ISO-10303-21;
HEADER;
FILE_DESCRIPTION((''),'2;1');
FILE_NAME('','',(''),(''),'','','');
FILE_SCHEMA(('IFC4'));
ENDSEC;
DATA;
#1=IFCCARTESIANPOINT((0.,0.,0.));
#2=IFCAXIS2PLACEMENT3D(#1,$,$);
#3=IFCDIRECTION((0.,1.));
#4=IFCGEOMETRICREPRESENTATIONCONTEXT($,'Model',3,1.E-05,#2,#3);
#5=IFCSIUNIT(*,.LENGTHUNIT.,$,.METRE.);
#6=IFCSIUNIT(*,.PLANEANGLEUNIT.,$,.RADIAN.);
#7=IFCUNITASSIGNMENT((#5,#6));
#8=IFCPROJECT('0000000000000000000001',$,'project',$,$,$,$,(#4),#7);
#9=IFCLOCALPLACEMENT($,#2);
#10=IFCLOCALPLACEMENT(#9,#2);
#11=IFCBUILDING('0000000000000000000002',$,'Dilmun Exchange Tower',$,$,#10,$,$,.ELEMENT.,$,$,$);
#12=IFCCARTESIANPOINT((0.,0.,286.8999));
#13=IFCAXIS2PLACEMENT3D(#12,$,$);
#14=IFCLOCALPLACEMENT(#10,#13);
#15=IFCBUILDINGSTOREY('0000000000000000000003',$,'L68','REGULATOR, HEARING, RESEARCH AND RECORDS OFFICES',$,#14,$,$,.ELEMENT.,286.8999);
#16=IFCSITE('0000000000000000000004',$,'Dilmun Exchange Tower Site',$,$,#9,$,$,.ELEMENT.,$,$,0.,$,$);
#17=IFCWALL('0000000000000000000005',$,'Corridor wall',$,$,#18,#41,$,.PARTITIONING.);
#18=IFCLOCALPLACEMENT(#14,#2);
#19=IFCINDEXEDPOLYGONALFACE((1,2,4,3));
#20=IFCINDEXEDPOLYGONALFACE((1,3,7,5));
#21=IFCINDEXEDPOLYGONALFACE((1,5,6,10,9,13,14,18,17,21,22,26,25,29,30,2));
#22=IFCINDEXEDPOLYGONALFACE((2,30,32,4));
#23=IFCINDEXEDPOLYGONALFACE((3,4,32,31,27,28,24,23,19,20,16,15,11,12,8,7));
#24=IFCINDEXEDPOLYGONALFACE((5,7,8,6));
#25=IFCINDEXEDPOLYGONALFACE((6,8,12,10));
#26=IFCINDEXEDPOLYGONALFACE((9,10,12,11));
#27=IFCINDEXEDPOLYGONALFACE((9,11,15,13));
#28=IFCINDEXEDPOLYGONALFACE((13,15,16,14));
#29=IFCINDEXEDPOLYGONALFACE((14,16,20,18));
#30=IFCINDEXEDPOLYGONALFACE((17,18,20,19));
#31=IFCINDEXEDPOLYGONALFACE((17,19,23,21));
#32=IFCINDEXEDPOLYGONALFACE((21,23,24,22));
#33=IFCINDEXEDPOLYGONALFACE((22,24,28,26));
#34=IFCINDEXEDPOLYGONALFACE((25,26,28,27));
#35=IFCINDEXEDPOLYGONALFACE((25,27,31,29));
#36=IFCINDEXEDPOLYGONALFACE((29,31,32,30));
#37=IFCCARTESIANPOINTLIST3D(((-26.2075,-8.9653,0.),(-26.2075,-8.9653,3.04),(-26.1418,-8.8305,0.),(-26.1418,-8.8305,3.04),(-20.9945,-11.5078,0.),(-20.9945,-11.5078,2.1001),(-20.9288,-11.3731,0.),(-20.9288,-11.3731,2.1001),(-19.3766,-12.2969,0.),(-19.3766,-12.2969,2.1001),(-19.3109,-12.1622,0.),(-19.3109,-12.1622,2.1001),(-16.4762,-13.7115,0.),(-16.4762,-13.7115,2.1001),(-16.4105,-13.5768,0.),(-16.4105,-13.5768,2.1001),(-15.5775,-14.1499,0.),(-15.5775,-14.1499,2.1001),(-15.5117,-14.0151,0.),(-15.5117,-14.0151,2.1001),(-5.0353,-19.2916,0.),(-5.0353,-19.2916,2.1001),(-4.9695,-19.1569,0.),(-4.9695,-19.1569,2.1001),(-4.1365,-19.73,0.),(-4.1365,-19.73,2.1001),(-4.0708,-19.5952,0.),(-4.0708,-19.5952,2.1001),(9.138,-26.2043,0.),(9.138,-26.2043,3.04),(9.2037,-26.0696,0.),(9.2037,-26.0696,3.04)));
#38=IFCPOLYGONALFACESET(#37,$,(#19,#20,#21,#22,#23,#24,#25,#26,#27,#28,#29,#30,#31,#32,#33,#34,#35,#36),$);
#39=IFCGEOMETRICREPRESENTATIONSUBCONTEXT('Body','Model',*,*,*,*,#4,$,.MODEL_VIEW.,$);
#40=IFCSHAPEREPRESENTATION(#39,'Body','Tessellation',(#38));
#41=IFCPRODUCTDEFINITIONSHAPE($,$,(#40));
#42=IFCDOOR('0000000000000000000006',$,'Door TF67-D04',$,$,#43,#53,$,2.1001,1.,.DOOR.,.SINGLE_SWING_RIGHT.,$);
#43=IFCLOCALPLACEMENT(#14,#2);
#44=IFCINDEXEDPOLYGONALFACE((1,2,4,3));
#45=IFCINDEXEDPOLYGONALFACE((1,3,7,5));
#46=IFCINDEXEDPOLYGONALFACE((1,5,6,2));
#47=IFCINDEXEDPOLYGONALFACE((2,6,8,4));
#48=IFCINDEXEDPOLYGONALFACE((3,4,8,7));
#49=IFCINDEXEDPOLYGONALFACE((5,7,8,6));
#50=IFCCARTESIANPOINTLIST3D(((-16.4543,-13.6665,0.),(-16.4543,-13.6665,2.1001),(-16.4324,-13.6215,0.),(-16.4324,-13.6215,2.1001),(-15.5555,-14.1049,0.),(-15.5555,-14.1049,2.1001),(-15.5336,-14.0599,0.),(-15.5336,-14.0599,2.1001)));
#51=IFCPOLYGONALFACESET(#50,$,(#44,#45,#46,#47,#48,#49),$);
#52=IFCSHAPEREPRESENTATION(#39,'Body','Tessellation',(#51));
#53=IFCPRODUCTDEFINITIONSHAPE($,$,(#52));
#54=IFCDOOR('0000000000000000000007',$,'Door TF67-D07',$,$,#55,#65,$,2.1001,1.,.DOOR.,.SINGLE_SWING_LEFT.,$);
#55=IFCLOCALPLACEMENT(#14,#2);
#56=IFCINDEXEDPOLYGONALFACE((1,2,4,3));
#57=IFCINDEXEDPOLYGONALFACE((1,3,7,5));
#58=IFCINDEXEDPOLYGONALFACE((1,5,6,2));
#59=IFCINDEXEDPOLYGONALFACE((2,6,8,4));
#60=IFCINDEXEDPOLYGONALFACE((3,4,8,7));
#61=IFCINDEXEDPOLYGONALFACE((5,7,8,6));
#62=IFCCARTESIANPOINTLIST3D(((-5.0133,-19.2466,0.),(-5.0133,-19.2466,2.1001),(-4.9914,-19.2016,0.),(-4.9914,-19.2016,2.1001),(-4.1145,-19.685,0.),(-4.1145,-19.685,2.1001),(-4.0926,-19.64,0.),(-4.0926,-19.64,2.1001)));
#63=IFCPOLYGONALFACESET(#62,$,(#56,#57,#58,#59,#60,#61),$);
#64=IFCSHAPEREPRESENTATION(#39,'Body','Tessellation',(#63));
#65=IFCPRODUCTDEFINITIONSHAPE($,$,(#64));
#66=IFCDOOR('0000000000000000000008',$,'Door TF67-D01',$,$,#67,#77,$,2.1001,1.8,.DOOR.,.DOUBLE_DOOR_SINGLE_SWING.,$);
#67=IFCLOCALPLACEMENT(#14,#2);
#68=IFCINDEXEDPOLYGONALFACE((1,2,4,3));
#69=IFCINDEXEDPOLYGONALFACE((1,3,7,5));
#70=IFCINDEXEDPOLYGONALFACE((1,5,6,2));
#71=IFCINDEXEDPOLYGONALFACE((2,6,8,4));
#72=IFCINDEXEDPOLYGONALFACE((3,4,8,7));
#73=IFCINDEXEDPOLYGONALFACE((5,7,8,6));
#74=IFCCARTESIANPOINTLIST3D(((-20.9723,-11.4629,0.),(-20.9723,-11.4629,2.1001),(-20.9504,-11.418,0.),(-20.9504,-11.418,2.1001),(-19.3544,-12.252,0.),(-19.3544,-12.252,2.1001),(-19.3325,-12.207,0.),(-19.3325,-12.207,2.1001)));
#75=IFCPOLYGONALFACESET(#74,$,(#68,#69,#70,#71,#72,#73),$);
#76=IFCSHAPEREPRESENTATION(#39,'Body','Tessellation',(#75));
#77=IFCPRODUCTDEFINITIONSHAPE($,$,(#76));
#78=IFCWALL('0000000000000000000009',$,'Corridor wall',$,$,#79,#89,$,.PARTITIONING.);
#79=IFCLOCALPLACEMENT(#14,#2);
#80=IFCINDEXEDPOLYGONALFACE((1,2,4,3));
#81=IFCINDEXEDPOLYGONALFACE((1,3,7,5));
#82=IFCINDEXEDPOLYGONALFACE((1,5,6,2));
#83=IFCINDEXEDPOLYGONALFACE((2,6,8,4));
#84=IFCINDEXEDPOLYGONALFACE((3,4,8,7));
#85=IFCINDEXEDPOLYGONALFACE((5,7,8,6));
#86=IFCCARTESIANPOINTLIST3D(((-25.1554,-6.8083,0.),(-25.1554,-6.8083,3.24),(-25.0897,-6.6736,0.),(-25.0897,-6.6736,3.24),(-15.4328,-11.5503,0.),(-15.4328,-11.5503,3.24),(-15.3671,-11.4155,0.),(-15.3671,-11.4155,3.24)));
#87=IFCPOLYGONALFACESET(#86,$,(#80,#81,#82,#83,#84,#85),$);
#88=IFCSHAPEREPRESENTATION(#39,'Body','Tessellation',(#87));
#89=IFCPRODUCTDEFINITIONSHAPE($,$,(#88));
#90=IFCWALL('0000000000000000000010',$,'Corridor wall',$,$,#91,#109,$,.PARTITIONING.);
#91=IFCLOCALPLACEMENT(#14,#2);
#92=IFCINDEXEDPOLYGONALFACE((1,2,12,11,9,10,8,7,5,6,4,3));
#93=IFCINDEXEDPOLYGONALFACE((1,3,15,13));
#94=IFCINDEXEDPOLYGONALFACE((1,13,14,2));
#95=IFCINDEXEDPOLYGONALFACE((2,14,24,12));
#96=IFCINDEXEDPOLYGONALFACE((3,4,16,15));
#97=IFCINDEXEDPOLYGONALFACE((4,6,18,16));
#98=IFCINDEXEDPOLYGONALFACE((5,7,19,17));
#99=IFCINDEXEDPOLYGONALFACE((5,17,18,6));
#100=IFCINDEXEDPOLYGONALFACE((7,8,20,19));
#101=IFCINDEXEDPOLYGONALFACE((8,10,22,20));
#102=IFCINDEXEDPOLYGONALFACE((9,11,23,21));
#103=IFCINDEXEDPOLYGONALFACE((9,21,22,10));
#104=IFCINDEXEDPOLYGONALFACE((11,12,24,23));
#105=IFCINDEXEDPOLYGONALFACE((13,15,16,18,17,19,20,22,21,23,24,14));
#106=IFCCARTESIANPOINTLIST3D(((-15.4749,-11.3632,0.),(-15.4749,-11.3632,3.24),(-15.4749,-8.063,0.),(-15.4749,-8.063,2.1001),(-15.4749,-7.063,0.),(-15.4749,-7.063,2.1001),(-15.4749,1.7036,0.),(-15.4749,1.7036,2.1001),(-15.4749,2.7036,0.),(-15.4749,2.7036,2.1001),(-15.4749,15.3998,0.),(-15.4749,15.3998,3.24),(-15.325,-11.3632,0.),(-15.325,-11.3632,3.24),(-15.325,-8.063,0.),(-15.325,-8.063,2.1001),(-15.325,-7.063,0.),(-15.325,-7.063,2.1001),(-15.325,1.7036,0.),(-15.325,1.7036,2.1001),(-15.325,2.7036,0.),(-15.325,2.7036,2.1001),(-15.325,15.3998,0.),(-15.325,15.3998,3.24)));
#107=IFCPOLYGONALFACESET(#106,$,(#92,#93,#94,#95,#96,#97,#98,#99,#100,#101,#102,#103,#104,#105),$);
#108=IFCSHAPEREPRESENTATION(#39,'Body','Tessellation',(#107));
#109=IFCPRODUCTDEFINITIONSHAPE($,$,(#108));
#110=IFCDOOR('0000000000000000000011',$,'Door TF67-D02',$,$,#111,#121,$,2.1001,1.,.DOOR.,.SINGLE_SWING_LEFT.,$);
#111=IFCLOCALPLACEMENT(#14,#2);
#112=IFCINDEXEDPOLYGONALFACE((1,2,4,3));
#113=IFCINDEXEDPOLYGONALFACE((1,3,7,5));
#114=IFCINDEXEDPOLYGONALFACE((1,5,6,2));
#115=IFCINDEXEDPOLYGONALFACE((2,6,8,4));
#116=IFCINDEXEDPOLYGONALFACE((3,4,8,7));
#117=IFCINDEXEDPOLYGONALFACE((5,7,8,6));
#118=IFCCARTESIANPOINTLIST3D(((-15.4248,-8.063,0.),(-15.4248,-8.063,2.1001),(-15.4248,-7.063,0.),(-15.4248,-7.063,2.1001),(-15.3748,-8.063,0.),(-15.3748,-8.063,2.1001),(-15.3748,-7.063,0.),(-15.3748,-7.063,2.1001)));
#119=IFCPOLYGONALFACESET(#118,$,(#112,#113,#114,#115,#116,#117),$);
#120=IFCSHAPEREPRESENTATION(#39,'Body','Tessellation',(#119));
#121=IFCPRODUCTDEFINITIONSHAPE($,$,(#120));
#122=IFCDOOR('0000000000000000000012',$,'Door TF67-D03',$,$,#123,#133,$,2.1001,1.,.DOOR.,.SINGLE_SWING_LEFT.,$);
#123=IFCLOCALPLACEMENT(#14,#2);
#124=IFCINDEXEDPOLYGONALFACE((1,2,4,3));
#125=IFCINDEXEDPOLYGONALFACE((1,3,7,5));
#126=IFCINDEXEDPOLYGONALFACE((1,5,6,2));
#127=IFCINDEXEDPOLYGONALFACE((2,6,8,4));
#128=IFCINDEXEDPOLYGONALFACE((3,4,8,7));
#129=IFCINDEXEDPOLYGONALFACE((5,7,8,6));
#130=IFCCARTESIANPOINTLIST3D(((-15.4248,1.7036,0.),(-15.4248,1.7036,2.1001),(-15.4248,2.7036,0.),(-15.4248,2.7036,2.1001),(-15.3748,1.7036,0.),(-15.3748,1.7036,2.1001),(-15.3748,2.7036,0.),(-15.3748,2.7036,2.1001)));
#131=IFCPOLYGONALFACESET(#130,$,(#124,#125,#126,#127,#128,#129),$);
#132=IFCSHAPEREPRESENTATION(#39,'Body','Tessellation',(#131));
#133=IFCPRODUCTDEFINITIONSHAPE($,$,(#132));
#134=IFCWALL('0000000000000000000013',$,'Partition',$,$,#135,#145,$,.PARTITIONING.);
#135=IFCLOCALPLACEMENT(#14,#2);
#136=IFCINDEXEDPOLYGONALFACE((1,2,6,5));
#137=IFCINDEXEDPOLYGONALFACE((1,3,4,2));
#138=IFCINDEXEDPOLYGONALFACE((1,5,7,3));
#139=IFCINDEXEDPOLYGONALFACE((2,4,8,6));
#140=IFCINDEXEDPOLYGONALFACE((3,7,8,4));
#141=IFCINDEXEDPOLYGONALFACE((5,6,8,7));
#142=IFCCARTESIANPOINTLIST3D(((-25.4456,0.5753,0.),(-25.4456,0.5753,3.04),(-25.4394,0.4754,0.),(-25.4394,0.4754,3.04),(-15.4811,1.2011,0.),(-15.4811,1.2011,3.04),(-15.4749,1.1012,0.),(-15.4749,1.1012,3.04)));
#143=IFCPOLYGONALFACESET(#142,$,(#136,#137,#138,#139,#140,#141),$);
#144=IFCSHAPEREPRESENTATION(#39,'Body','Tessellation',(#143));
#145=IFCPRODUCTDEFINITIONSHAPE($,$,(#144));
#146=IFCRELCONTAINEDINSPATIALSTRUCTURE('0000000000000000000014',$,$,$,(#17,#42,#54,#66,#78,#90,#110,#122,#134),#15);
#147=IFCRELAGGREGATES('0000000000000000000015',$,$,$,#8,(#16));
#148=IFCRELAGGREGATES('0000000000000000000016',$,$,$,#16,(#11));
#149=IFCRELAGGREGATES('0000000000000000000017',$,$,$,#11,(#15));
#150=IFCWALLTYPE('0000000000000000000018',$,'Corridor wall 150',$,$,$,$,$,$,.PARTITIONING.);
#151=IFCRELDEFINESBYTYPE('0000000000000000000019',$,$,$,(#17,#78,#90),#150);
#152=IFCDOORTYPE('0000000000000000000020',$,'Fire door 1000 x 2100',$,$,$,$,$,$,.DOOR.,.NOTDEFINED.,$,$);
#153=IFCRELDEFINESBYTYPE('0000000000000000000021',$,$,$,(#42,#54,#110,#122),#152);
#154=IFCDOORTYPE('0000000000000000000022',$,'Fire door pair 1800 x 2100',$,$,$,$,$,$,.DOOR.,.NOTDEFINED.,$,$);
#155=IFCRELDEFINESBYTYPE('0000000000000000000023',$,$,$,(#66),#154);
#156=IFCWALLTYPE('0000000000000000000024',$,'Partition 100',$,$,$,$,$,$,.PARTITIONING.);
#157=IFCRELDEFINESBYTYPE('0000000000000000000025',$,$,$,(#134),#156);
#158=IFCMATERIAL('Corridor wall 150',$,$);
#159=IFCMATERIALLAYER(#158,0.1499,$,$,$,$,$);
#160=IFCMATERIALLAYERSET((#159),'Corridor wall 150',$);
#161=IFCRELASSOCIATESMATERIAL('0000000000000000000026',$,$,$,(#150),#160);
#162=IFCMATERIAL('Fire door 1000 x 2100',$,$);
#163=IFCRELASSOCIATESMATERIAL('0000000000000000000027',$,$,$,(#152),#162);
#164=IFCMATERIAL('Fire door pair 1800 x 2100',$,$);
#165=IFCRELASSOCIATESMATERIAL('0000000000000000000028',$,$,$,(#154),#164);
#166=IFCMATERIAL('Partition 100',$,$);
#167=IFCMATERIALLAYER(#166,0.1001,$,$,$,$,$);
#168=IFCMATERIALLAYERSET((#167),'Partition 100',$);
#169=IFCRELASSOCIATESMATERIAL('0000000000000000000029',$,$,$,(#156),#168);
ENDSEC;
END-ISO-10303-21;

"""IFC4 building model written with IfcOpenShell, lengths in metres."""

from ifc_helpers import new_model, si_unit, direction, frame, frame_2d, origin, place, context, subcontext, project, spatial, rectangle, extrude, material, layer, layer_set, type_object, element, fill, save


model = new_model("IFC4")

# Units and contexts
model_context = context("Model", 3, precision=1e-05, world=origin(), true_north=direction((0.0, 1.0)))
body_context = subcontext(model_context, "Body", "Model", "MODEL_VIEW")
ifc_project = project(units=[si_unit("LENGTHUNIT", "METRE"), si_unit("PLANEANGLEUNIT", "RADIAN")], contexts=[model_context])

# Site, building, storey
site_placement = place(None, origin())
site = spatial("IfcSite", under=ifc_project, at=site_placement, Name="Dilmun Exchange Tower Site", CompositionType="ELEMENT", RefElevation=0.0)
building_placement = place(site_placement, origin())
building = spatial("IfcBuilding", under=site, at=building_placement, Name="Dilmun Exchange Tower", CompositionType="ELEMENT")
storey_placement = place(building_placement, frame((0.0, 0.0, 286.8999)))
storey = spatial("IfcBuildingStorey", under=building, at=storey_placement, Name="L68", Description="REGULATOR, HEARING, RESEARCH AND RECORDS OFFICES", CompositionType="ELEMENT", Elevation=286.8999)

# Shared definitions
ifc_material_1 = material(Name="Corridor wall 150")
ifc_layer_1 = layer(ifc_material_1, 0.1499)
ifc_layer_set_1 = layer_set([ifc_layer_1], Name="Corridor wall 150")
wall_type_1 = type_object("IfcWallType", Name="Corridor wall 150", PredefinedType="PARTITIONING", material=ifc_layer_set_1)

# Wall, openings, doors
wall_1_placement = place(storey_placement, frame((-26.1746, -8.8979, 0.0), z_axis=(0.0, 0.0, 1.0), x_axis=(0.898795, -0.438369, 0.0)))
wall_1 = element("IfcWall", 1, at=wall_1_placement, inside=storey, type_object=wall_type_1, Name="Corridor wall", PredefinedType="PARTITIONING", context=body_context, shape_type="SweptSolid", body=[
    extrude(rectangle(XDim=39.3254, YDim=0.1499, at=frame_2d((19.6626, 0.0))), origin(), (0.0, 0.0, 1.0), 3.04),
])
opening_1_placement = place(wall_1_placement, frame((5.8, 0.0, 0.0)))
opening_1 = element("IfcOpeningElement", 2, at=opening_1_placement, cuts=wall_1, PredefinedType="OPENING", context=body_context, shape_type="SweptSolid", body=[
    extrude(rectangle(XDim=1.8, YDim=2.1001, at=frame_2d((0.8999, 1.05))), frame((0.0, 0.085, 0.0), z_axis=(0.0, -1.0, 0.0), x_axis=(1.0, 0.0, 0.0)), (0.0, 0.0, 1.0), 0.1699),
])
opening_2_placement = place(wall_1_placement, frame((10.8269, 0.0, 0.0)))
opening_2 = element("IfcOpeningElement", 3, at=opening_2_placement, cuts=wall_1, PredefinedType="OPENING", context=body_context, shape_type="SweptSolid", body=[
    extrude(rectangle(XDim=1.0, YDim=2.1001, at=frame_2d((0.5, 1.05))), frame((0.0, 0.085, 0.0), z_axis=(0.0, -1.0, 0.0), x_axis=(1.0, 0.0, 0.0)), (0.0, 0.0, 1.0), 0.1699),
])
opening_3_placement = place(wall_1_placement, frame((23.5562, 0.0, 0.0)))
opening_3 = element("IfcOpeningElement", 4, at=opening_3_placement, cuts=wall_1, PredefinedType="OPENING", context=body_context, shape_type="SweptSolid", body=[
    extrude(rectangle(XDim=1.0, YDim=2.1001, at=frame_2d((0.5, 1.05))), frame((0.0, 0.085, 0.0), z_axis=(0.0, -1.0, 0.0), x_axis=(1.0, 0.0, 0.0)), (0.0, 0.0, 1.0), 0.1699),
])
ifc_material_2 = material(Name="Fire door 1000 x 2100")
door_type_1 = type_object("IfcDoorType", Name="Fire door 1000 x 2100", OperationType="NOTDEFINED", PredefinedType="DOOR", material=ifc_material_2)
door_1_placement = place(opening_2_placement, frame((1.0, 0.0, 0.0), z_axis=(0.0, 0.0, 1.0), x_axis=(-1.0, 0.0, 0.0)))
door_1 = element("IfcDoor", 5, at=door_1_placement, inside=storey, type_object=door_type_1, Name="Door TF67-D04", OperationType="SINGLE_SWING_RIGHT", OverallHeight=2.1001, OverallWidth=1.0, PredefinedType="DOOR", context=body_context, shape_type="SweptSolid", body=[
    extrude(rectangle(XDim=1.0, YDim=2.1001, at=frame_2d((0.5, 1.05))), frame((0.0, 0.0249, 0.0), z_axis=(0.0, -1.0, 0.0), x_axis=(1.0, 0.0, 0.0)), (0.0, 0.0, 1.0), 0.05),
])
fill(opening_2, door_1)
door_2_placement = place(opening_3_placement, frame((1.0, 0.0, 0.0), z_axis=(0.0, 0.0, 1.0), x_axis=(-1.0, 0.0, 0.0)))
door_2 = element("IfcDoor", 6, at=door_2_placement, inside=storey, type_object=door_type_1, Name="Door TF67-D07", OperationType="SINGLE_SWING_LEFT", OverallHeight=2.1001, OverallWidth=1.0, PredefinedType="DOOR", context=body_context, shape_type="SweptSolid", body=[
    extrude(rectangle(XDim=1.0, YDim=2.1001, at=frame_2d((0.5, 1.05))), frame((0.0, 0.0249, 0.0), z_axis=(0.0, -1.0, 0.0), x_axis=(1.0, 0.0, 0.0)), (0.0, 0.0, 1.0), 0.05),
])
fill(opening_3, door_2)
ifc_material_3 = material(Name="Fire door pair 1800 x 2100")
door_type_2 = type_object("IfcDoorType", Name="Fire door pair 1800 x 2100", OperationType="NOTDEFINED", PredefinedType="DOOR", material=ifc_material_3)
door_3_placement = place(opening_1_placement, frame((1.8, 0.0, 0.0), z_axis=(0.0, 0.0, 1.0), x_axis=(-1.0, 0.0, 0.0)))
door_3 = element("IfcDoor", 7, at=door_3_placement, inside=storey, type_object=door_type_2, Name="Door TF67-D01", OperationType="DOUBLE_DOOR_SINGLE_SWING", OverallHeight=2.1001, OverallWidth=1.8, PredefinedType="DOOR", context=body_context, shape_type="SweptSolid", body=[
    extrude(rectangle(XDim=1.8, YDim=2.1001, at=frame_2d((0.8999, 1.05))), frame((0.0, 0.0249, 0.0), z_axis=(0.0, -1.0, 0.0), x_axis=(1.0, 0.0, 0.0)), (0.0, 0.0, 1.0), 0.05),
])
fill(opening_1, door_3)

# Wall
wall_2_placement = place(storey_placement, frame((-25.1226, -6.741, 0.0), z_axis=(0.0, 0.0, 1.0), x_axis=(0.898798, -0.438363, 0.0)))
element("IfcWall", 8, at=wall_2_placement, inside=storey, type_object=wall_type_1, Name="Corridor wall", PredefinedType="PARTITIONING", context=body_context, shape_type="SweptSolid", body=[
    extrude(rectangle(XDim=10.8174, YDim=0.1499, at=frame_2d((5.4087, 0.0))), origin(), (0.0, 0.0, 1.0), 3.24),
])

# Wall, openings, doors
wall_3_placement = place(storey_placement, frame((-15.3999, -11.363, 0.0), z_axis=(0.0, 0.0, 1.0), x_axis=(0.0, 1.0, 0.0)))
wall_3 = element("IfcWall", 9, at=wall_3_placement, inside=storey, type_object=wall_type_1, Name="Corridor wall", PredefinedType="PARTITIONING", context=body_context, shape_type="SweptSolid", body=[
    extrude(rectangle(XDim=26.7629, YDim=0.1499, at=frame_2d((13.3813, 0.0))), origin(), (0.0, 0.0, 1.0), 3.24),
])
opening_4_placement = place(wall_3_placement, frame((3.3, 0.0, 0.0)))
opening_4 = element("IfcOpeningElement", 10, at=opening_4_placement, cuts=wall_3, PredefinedType="OPENING", context=body_context, shape_type="SweptSolid", body=[
    extrude(rectangle(XDim=1.0, YDim=2.1001, at=frame_2d((0.5, 1.05))), frame((0.0, 0.085, 0.0), z_axis=(0.0, -1.0, 0.0), x_axis=(1.0, 0.0, 0.0)), (0.0, 0.0, 1.0), 0.1699),
])
opening_5_placement = place(wall_3_placement, frame((13.0667, 0.0, 0.0)))
opening_5 = element("IfcOpeningElement", 11, at=opening_5_placement, cuts=wall_3, PredefinedType="OPENING", context=body_context, shape_type="SweptSolid", body=[
    extrude(rectangle(XDim=1.0, YDim=2.1001, at=frame_2d((0.5, 1.05))), frame((0.0, 0.085, 0.0), z_axis=(0.0, -1.0, 0.0), x_axis=(1.0, 0.0, 0.0)), (0.0, 0.0, 1.0), 0.1699),
])
door_4_placement = place(opening_4_placement, origin())
door_4 = element("IfcDoor", 12, at=door_4_placement, inside=storey, type_object=door_type_1, Name="Door TF67-D02", OperationType="SINGLE_SWING_LEFT", OverallHeight=2.1001, OverallWidth=1.0, PredefinedType="DOOR", context=body_context, shape_type="SweptSolid", body=[
    extrude(rectangle(XDim=1.0, YDim=2.1001, at=frame_2d((0.5, 1.05))), frame((0.0, 0.0249, 0.0), z_axis=(0.0, -1.0, 0.0), x_axis=(1.0, 0.0, 0.0)), (0.0, 0.0, 1.0), 0.05),
])
fill(opening_4, door_4)
door_5_placement = place(opening_5_placement, origin())
door_5 = element("IfcDoor", 13, at=door_5_placement, inside=storey, type_object=door_type_1, Name="Door TF67-D03", OperationType="SINGLE_SWING_LEFT", OverallHeight=2.1001, OverallWidth=1.0, PredefinedType="DOOR", context=body_context, shape_type="SweptSolid", body=[
    extrude(rectangle(XDim=1.0, YDim=2.1001, at=frame_2d((0.5, 1.05))), frame((0.0, 0.0249, 0.0), z_axis=(0.0, -1.0, 0.0), x_axis=(1.0, 0.0, 0.0)), (0.0, 0.0, 1.0), 0.05),
])
fill(opening_5, door_5)

# Wall
ifc_material_4 = material(Name="Partition 100")
ifc_layer_2 = layer(ifc_material_4, 0.1001)
ifc_layer_set_2 = layer_set([ifc_layer_2], Name="Partition 100")
wall_type_2 = type_object("IfcWallType", Name="Partition 100", PredefinedType="PARTITIONING", material=ifc_layer_set_2)
wall_4_placement = place(storey_placement, frame((-25.4426, 0.5254, 0.0), z_axis=(0.0, 0.0, 1.0), x_axis=(0.998034, 0.062672, 0.0)))
element("IfcWall", 14, at=wall_4_placement, inside=storey, type_object=wall_type_2, Name="Partition", PredefinedType="PARTITIONING", context=body_context, shape_type="SweptSolid", body=[
    extrude(rectangle(XDim=9.9841, YDim=0.1001, at=frame_2d((4.9922, 0.0))), origin(), (0.0, 0.0, 1.0), 3.04),
])

save(model, "model.ifc")
